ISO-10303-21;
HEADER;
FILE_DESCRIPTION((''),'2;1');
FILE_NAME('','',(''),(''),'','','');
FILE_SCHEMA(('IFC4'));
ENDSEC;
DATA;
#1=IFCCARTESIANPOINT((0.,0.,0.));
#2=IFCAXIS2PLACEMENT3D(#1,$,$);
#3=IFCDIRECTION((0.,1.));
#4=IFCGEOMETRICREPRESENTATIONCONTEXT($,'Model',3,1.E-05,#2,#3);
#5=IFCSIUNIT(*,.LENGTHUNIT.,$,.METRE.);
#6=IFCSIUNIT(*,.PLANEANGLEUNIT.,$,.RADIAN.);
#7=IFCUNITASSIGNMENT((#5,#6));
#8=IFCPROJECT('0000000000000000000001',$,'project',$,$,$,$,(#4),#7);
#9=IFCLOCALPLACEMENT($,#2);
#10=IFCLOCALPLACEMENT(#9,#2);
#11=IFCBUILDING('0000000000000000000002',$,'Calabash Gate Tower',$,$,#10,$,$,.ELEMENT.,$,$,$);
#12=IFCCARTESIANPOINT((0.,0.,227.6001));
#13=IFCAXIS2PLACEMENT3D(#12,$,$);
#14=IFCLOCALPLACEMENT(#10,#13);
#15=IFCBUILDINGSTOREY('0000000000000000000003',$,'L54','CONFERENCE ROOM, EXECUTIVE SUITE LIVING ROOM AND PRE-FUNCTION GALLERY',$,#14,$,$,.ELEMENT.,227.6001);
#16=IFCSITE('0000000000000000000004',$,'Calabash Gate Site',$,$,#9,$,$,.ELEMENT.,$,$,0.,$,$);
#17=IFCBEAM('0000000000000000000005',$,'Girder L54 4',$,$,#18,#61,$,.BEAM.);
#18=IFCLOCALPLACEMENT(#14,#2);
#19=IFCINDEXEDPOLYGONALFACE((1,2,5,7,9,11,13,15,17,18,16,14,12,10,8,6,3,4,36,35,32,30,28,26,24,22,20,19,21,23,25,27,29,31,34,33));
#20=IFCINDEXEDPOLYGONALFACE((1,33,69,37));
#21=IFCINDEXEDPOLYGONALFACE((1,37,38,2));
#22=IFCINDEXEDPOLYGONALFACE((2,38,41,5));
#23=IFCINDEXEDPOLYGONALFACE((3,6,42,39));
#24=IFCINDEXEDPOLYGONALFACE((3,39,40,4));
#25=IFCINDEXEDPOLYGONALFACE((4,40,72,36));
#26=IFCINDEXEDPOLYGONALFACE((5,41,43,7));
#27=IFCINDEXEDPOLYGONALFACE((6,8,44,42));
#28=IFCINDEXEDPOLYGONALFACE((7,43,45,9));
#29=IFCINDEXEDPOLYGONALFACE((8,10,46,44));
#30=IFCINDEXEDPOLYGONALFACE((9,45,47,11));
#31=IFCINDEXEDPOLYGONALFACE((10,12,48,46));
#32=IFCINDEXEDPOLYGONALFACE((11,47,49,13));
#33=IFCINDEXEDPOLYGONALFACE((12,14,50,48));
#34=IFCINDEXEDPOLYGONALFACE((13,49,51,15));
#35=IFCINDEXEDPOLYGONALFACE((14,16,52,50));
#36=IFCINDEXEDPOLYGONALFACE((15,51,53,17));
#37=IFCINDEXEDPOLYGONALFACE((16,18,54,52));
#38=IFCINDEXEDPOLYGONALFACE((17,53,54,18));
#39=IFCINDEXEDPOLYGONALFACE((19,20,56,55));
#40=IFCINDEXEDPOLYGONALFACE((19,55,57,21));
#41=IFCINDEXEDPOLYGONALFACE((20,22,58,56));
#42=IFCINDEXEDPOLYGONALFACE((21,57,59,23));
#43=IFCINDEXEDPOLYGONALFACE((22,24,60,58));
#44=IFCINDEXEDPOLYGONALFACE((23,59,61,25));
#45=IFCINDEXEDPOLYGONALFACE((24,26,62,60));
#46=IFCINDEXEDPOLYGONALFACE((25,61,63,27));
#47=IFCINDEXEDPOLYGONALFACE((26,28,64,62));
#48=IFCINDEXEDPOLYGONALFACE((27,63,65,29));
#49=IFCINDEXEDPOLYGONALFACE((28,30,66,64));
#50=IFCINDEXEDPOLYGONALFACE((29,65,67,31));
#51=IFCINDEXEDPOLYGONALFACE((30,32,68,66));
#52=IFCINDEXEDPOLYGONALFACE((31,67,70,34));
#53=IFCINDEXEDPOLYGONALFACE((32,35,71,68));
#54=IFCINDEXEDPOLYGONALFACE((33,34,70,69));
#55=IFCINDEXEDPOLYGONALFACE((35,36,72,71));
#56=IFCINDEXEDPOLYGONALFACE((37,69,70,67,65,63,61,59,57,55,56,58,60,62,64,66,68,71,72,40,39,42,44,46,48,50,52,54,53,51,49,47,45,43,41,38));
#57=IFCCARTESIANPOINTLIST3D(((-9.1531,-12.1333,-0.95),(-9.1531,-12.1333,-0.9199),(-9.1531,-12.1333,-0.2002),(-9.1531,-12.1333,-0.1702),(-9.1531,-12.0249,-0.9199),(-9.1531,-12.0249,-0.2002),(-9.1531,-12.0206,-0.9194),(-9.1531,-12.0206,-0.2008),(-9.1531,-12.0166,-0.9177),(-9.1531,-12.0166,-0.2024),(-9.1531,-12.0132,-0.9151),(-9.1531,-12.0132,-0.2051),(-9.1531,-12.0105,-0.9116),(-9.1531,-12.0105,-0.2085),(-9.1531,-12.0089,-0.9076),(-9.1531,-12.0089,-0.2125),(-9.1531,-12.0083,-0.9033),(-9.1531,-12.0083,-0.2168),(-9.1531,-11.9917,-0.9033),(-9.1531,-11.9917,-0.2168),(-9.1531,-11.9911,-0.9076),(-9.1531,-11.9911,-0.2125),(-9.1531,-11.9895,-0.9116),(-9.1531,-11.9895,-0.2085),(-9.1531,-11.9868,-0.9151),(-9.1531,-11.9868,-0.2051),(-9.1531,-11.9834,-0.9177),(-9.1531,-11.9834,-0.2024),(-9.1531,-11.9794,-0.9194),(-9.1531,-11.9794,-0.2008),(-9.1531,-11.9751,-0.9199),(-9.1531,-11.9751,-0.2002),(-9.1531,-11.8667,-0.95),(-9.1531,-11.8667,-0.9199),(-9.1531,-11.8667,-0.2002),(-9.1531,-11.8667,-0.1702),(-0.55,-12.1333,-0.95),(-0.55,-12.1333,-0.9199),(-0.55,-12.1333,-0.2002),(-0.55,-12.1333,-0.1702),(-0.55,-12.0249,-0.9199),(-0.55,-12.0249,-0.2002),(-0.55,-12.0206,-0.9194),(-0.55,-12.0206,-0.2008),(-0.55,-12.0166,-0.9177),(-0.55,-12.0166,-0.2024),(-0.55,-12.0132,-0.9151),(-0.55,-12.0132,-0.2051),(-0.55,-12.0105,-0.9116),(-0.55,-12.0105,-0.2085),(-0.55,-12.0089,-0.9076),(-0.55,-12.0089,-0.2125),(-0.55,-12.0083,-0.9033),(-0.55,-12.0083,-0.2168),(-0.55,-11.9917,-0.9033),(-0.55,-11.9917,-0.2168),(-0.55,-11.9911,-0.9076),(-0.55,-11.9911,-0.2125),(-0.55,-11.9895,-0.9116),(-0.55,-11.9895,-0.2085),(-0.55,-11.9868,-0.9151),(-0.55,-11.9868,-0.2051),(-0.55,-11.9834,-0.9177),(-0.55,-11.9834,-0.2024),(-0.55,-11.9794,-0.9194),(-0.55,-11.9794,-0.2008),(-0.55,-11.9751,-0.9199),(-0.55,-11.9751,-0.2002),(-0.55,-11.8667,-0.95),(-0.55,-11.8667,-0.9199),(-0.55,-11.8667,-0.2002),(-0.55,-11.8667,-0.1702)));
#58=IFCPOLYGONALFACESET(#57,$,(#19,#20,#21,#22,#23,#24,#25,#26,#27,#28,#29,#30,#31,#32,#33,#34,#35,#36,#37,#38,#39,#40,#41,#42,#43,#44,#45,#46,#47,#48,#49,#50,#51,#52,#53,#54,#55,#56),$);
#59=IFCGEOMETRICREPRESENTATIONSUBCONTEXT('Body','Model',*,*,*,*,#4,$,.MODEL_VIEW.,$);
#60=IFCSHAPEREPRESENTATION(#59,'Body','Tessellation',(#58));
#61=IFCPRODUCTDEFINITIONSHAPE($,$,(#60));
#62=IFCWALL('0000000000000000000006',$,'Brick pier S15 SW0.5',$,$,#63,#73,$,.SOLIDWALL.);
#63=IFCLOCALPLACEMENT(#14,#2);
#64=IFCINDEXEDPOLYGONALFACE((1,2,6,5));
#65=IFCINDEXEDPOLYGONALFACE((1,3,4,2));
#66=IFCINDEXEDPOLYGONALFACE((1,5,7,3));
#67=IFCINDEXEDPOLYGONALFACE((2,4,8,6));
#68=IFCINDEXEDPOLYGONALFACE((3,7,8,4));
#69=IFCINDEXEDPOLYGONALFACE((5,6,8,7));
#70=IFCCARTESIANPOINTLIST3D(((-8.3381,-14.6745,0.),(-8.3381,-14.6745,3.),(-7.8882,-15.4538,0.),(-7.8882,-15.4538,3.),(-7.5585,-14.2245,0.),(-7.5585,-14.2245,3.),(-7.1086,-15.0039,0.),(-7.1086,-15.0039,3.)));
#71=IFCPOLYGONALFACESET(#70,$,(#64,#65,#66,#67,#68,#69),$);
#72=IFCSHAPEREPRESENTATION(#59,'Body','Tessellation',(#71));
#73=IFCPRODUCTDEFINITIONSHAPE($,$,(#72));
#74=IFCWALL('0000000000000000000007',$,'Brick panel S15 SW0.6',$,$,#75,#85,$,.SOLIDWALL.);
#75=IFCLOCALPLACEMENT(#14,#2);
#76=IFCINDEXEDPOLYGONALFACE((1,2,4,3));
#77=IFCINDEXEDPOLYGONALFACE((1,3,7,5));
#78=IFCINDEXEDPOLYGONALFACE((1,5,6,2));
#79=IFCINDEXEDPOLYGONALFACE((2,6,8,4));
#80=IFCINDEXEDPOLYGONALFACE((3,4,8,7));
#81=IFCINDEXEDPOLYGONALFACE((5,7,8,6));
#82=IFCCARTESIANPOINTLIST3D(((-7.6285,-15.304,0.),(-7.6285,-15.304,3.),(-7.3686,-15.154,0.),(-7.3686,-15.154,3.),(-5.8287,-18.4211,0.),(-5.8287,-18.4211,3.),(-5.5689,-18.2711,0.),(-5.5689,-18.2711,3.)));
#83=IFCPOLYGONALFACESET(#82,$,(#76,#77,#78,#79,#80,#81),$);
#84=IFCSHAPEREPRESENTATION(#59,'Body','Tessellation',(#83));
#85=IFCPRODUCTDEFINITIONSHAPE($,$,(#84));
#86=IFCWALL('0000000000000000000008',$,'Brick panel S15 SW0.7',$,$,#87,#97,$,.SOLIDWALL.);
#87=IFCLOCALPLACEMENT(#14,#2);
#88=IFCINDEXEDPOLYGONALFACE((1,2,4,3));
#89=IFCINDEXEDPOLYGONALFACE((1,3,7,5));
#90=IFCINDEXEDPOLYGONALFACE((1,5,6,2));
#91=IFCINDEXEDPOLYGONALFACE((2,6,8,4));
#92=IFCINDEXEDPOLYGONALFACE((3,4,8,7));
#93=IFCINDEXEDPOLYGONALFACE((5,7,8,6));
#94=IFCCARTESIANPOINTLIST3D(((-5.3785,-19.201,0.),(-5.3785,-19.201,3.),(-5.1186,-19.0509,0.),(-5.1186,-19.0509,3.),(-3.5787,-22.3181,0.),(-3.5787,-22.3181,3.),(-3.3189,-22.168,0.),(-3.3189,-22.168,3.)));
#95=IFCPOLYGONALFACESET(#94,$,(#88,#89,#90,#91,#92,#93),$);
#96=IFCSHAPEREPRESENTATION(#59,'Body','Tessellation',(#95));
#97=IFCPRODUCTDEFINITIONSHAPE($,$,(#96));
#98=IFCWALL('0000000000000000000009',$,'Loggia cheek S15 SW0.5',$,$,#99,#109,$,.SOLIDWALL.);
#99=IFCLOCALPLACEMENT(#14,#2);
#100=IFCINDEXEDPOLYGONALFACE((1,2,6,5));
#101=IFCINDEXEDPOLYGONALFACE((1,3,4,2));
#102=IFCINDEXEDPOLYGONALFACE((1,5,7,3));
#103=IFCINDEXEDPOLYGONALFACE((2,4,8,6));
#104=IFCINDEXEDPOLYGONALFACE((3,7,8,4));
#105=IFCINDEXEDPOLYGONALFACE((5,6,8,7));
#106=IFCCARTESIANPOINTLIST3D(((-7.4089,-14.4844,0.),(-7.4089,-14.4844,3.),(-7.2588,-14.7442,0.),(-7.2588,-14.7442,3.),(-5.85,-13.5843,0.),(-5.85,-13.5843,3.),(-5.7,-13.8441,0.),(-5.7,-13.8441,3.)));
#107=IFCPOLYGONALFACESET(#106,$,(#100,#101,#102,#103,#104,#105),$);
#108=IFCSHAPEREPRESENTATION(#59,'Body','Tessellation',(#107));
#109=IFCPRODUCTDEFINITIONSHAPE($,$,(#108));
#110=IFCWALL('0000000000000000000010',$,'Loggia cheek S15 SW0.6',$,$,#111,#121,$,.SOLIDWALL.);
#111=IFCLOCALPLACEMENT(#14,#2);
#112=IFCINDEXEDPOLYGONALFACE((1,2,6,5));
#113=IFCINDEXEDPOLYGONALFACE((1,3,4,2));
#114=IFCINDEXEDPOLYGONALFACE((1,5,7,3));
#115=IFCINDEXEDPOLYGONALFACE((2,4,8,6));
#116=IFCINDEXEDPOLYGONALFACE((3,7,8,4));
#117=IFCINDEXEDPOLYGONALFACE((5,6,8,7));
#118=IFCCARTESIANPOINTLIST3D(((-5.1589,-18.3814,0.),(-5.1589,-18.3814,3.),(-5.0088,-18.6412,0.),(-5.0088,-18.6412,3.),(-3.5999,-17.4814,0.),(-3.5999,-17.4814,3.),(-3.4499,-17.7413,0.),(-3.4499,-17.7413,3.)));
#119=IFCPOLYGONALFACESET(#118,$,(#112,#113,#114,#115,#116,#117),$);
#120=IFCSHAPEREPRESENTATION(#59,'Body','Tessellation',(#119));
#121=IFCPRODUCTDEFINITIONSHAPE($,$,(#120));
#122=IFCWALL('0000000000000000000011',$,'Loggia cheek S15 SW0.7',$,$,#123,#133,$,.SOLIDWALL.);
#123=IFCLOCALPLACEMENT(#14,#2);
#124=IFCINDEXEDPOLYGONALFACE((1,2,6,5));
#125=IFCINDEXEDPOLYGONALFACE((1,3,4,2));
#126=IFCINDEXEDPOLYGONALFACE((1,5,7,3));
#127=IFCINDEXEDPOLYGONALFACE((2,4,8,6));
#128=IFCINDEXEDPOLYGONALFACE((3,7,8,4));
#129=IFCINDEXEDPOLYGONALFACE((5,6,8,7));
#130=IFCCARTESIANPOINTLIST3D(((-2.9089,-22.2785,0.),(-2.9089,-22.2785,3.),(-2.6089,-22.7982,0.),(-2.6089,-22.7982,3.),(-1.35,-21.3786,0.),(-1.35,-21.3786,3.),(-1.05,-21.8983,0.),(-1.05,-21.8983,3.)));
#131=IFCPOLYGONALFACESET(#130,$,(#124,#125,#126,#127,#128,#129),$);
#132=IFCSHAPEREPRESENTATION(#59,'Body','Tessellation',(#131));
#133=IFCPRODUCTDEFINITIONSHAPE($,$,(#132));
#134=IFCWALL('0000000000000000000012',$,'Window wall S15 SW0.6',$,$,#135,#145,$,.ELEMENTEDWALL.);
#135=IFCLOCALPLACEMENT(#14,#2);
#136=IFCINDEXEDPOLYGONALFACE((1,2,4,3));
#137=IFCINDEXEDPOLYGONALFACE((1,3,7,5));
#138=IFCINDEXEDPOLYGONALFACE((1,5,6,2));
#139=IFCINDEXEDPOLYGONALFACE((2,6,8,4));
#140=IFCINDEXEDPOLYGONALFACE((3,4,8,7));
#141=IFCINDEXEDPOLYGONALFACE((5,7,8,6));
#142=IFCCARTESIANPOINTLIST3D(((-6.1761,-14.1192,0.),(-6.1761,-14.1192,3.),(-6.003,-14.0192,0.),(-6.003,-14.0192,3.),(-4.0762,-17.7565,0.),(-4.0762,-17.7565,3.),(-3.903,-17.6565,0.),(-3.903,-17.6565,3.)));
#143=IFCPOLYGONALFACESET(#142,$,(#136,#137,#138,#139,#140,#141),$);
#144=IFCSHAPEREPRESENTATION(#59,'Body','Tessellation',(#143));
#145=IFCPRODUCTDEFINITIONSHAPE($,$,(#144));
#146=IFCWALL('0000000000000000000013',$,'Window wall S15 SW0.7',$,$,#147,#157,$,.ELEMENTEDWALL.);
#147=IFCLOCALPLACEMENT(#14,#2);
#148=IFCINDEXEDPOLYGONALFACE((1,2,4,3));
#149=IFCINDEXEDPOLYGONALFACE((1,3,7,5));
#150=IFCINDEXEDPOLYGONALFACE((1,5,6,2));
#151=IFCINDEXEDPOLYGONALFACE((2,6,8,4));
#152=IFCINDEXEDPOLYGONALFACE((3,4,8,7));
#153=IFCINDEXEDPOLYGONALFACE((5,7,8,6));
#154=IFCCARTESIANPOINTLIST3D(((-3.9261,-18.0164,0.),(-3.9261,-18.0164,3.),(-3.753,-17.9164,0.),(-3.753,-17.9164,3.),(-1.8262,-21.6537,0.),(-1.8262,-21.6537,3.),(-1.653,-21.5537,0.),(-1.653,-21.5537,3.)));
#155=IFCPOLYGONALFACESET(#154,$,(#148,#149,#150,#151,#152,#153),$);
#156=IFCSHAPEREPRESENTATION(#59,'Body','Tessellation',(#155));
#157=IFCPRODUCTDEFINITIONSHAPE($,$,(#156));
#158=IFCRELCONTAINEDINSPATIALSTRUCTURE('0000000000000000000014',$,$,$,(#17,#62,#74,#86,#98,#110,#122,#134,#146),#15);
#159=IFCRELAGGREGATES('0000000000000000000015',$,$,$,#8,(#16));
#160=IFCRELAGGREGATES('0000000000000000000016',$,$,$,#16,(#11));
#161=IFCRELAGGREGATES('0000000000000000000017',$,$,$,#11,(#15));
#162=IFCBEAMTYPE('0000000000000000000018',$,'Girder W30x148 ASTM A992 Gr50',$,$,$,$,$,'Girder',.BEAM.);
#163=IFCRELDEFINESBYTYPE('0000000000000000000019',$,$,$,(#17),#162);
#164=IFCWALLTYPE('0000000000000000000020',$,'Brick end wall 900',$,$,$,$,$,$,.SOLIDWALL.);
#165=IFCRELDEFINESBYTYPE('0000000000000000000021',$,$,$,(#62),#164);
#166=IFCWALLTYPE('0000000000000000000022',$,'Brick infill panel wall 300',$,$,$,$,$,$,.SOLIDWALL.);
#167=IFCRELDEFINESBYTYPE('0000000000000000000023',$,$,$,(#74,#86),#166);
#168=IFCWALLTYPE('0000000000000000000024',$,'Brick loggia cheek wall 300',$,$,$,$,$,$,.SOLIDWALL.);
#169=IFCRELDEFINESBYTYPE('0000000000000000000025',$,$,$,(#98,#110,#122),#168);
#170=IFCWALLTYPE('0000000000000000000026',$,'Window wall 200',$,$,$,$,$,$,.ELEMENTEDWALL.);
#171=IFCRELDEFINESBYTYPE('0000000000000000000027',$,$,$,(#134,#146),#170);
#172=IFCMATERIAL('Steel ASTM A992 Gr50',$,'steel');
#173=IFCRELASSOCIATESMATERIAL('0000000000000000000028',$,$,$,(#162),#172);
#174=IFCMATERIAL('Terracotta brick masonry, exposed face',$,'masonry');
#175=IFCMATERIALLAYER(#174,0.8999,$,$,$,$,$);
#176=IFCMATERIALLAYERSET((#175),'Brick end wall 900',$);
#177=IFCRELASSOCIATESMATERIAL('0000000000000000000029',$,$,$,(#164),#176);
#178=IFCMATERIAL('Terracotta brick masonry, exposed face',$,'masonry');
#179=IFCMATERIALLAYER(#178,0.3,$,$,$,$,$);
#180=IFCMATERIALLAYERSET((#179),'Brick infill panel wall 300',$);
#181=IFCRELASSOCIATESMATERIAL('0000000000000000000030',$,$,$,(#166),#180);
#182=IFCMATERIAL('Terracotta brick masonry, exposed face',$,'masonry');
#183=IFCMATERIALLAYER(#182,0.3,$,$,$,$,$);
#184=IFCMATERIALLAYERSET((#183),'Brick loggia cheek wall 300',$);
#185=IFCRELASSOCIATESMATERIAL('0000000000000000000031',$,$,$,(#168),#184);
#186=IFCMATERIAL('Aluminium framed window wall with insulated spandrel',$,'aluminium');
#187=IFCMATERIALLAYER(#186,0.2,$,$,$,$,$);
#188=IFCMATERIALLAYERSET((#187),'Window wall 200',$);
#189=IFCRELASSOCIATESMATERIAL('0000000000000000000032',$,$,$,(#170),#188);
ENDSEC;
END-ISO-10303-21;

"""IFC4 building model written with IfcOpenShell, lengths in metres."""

from ifc_helpers import new_model, si_unit, direction, frame, frame_2d, origin, origin_2d, place, context, subcontext, project, spatial, rectangle, i_section, extrude, material, layer, layer_set, material_profile, profile_set, type_object, element, save


model = new_model("IFC4")

# Units and contexts
model_context = context("Model", 3, precision=1e-05, world=origin(), true_north=direction((0.0, 1.0)))
body_context = subcontext(model_context, "Body", "Model", "MODEL_VIEW")
ifc_project = project(units=[si_unit("LENGTHUNIT", "METRE"), si_unit("PLANEANGLEUNIT", "RADIAN")], contexts=[model_context])

# Site, building, storey
site_placement = place(None, origin())
site = spatial("IfcSite", under=ifc_project, at=site_placement, Name="Calabash Gate Site", CompositionType="ELEMENT", RefElevation=0.0)
building_placement = place(site_placement, origin())
building = spatial("IfcBuilding", under=site, at=building_placement, Name="Calabash Gate Tower", CompositionType="ELEMENT")
storey_placement = place(building_placement, frame((0.0, 0.0, 227.6001)))
storey = spatial("IfcBuildingStorey", under=building, at=storey_placement, Name="L54", Description="CONFERENCE ROOM, EXECUTIVE SUITE LIVING ROOM AND PRE-FUNCTION GALLERY", CompositionType="ELEMENT", Elevation=227.6001)

# Beam
ifc_material_1 = material(Name="Steel ASTM A992 Gr50", Category="steel")
ifc_material_profile_1 = material_profile(ifc_material_1, i_section(OverallWidth=0.2666, OverallDepth=0.7798, WebThickness=0.0166, FlangeThickness=0.03, FilletRadius=0.0166, at=origin_2d()))
ifc_profile_set_1 = profile_set([ifc_material_profile_1], Name="Steel ASTM A992 Gr50")
beam_type_1 = type_object("IfcBeamType", Name="Girder W30x148 ASTM A992 Gr50", ElementType="Girder", PredefinedType="BEAM", material=ifc_profile_set_1)
beam_1_placement = place(storey_placement, frame((-9.1531, -12.0, -0.5601), z_axis=(1.0, 0.0, 0.0), x_axis=(0.0, 1.0, 0.0)))
element("IfcBeam", 1, at=beam_1_placement, inside=storey, type_object=beam_type_1, Name="Girder L54 4", PredefinedType="BEAM", context=body_context, shape_type="SweptSolid", body=[
    extrude(i_section(OverallWidth=0.2666, OverallDepth=0.7798, WebThickness=0.0166, FlangeThickness=0.03, FilletRadius=0.0166, at=origin_2d()), origin(), (0.0, 0.0, 1.0), 8.603),
])

# Walls
ifc_material_2 = material(Name="Terracotta brick masonry, exposed face", Category="masonry")
ifc_layer_1 = layer(ifc_material_2, 0.8999)
ifc_layer_set_1 = layer_set([ifc_layer_1], Name="Brick end wall 900")
wall_type_1 = type_object("IfcWallType", Name="Brick end wall 900", PredefinedType="SOLIDWALL", material=ifc_layer_set_1)
wall_1_placement = place(storey_placement, frame((-8.1133, -15.0642, 0.0), z_axis=(0.0, 0.0, 1.0), x_axis=(0.866082, 0.499902, 0.0)))
element("IfcWall", 2, at=wall_1_placement, inside=storey, type_object=wall_type_1, Name="Brick pier S15 SW0.5", PredefinedType="SOLIDWALL", context=body_context, shape_type="SweptSolid", body=[
    extrude(rectangle(XDim=0.9001, YDim=0.8999, at=frame_2d((0.4502, 0.0))), origin(), (0.0, 0.0, 1.0), 3.0),
])
ifc_material_3 = material(Name="Terracotta brick masonry, exposed face", Category="masonry")
ifc_layer_2 = layer(ifc_material_3, 0.3)
ifc_layer_set_2 = layer_set([ifc_layer_2], Name="Brick infill panel wall 300")
wall_type_2 = type_object("IfcWallType", Name="Brick infill panel wall 300", PredefinedType="SOLIDWALL", material=ifc_layer_set_2)
for number, where, z_axis, x_axis, name in (
    (3, (-5.6987, -18.3462, 0.0), (0.0, 0.0, 1.0), (-0.50002, 0.866014, 0.0), "Brick panel S15 SW0.6"),
    (4, (-3.4487, -22.2432, 0.0), (0.0, 0.0, 1.0), (-0.50002, 0.866014, 0.0), "Brick panel S15 SW0.7"),
):
    element("IfcWall", number, at=place(storey_placement, frame(where, z_axis=z_axis, x_axis=x_axis)), inside=storey, type_object=wall_type_2, Name=name, PredefinedType="SOLIDWALL", context=body_context, shape_type="SweptSolid", body=[
        extrude(rectangle(XDim=3.5994, YDim=0.3, at=frame_2d((1.7998, 0.0))), origin(), (0.0, 0.0, 1.0), 3.0),
    ])
ifc_material_4 = material(Name="Terracotta brick masonry, exposed face", Category="masonry")
ifc_layer_3 = layer(ifc_material_4, 0.3)
ifc_layer_set_3 = layer_set([ifc_layer_3], Name="Brick loggia cheek wall 300")
wall_type_3 = type_object("IfcWallType", Name="Brick loggia cheek wall 300", PredefinedType="SOLIDWALL", material=ifc_layer_set_3)
for number, where, z_axis, x_axis, name in (
    (5, (-7.3337, -14.6143, 0.0), (0.0, 0.0, 1.0), (0.865989, 0.500063, 0.0), "Loggia cheek S15 SW0.5"),
    (6, (-5.0837, -18.5112, 0.0), (0.0, 0.0, 1.0), (0.866048, 0.499961, 0.0), "Loggia cheek S15 SW0.6"),
):
    element("IfcWall", number, at=place(storey_placement, frame(where, z_axis=z_axis, x_axis=x_axis)), inside=storey, type_object=wall_type_3, Name=name, PredefinedType="SOLIDWALL", context=body_context, shape_type="SweptSolid", body=[
        extrude(rectangle(XDim=1.8, YDim=0.3, at=frame_2d((0.8999, 0.0))), origin(), (0.0, 0.0, 1.0), 3.0),
    ])
wall_2_placement = place(storey_placement, frame((-2.7588, -22.5383, 0.0), z_axis=(0.0, 0.0, 1.0), x_axis=(0.866048, 0.499961, 0.0)))
element("IfcWall", 7, at=wall_2_placement, inside=storey, type_object=wall_type_3, Name="Loggia cheek S15 SW0.7", PredefinedType="SOLIDWALL", context=body_context, shape_type="SweptSolid", body=[
    extrude(rectangle(XDim=1.8, YDim=0.6001, at=frame_2d((0.8999, 0.0))), origin(), (0.0, 0.0, 1.0), 3.0),
])
ifc_material_5 = material(Name="Aluminium framed window wall with insulated spandrel", Category="aluminium")
ifc_layer_4 = layer(ifc_material_5, 0.2)
ifc_layer_set_4 = layer_set([ifc_layer_4], Name="Window wall 200")
wall_type_4 = type_object("IfcWallType", Name="Window wall 200", PredefinedType="ELEMENTEDWALL", material=ifc_layer_set_4)
for number, where, z_axis, x_axis, name in (
    (8, (-6.0896, -14.0691, 0.0), (0.0, 0.0, 1.0), (0.499984, -0.866035, 0.0), "Window wall S15 SW0.6"),
    (9, (-3.8396, -17.9663, 0.0), (0.0, 0.0, 1.0), (0.499984, -0.866035, 0.0), "Window wall S15 SW0.7"),
):
    element("IfcWall", number, at=place(storey_placement, frame(where, z_axis=z_axis, x_axis=x_axis)), inside=storey, type_object=wall_type_4, Name=name, PredefinedType="ELEMENTEDWALL", context=body_context, shape_type="SweptSolid", body=[
        extrude(rectangle(XDim=4.2, YDim=0.2, at=frame_2d((2.1001, 0.0))), origin(), (0.0, 0.0, 1.0), 3.0),
    ])

save(model, "model.ifc")
